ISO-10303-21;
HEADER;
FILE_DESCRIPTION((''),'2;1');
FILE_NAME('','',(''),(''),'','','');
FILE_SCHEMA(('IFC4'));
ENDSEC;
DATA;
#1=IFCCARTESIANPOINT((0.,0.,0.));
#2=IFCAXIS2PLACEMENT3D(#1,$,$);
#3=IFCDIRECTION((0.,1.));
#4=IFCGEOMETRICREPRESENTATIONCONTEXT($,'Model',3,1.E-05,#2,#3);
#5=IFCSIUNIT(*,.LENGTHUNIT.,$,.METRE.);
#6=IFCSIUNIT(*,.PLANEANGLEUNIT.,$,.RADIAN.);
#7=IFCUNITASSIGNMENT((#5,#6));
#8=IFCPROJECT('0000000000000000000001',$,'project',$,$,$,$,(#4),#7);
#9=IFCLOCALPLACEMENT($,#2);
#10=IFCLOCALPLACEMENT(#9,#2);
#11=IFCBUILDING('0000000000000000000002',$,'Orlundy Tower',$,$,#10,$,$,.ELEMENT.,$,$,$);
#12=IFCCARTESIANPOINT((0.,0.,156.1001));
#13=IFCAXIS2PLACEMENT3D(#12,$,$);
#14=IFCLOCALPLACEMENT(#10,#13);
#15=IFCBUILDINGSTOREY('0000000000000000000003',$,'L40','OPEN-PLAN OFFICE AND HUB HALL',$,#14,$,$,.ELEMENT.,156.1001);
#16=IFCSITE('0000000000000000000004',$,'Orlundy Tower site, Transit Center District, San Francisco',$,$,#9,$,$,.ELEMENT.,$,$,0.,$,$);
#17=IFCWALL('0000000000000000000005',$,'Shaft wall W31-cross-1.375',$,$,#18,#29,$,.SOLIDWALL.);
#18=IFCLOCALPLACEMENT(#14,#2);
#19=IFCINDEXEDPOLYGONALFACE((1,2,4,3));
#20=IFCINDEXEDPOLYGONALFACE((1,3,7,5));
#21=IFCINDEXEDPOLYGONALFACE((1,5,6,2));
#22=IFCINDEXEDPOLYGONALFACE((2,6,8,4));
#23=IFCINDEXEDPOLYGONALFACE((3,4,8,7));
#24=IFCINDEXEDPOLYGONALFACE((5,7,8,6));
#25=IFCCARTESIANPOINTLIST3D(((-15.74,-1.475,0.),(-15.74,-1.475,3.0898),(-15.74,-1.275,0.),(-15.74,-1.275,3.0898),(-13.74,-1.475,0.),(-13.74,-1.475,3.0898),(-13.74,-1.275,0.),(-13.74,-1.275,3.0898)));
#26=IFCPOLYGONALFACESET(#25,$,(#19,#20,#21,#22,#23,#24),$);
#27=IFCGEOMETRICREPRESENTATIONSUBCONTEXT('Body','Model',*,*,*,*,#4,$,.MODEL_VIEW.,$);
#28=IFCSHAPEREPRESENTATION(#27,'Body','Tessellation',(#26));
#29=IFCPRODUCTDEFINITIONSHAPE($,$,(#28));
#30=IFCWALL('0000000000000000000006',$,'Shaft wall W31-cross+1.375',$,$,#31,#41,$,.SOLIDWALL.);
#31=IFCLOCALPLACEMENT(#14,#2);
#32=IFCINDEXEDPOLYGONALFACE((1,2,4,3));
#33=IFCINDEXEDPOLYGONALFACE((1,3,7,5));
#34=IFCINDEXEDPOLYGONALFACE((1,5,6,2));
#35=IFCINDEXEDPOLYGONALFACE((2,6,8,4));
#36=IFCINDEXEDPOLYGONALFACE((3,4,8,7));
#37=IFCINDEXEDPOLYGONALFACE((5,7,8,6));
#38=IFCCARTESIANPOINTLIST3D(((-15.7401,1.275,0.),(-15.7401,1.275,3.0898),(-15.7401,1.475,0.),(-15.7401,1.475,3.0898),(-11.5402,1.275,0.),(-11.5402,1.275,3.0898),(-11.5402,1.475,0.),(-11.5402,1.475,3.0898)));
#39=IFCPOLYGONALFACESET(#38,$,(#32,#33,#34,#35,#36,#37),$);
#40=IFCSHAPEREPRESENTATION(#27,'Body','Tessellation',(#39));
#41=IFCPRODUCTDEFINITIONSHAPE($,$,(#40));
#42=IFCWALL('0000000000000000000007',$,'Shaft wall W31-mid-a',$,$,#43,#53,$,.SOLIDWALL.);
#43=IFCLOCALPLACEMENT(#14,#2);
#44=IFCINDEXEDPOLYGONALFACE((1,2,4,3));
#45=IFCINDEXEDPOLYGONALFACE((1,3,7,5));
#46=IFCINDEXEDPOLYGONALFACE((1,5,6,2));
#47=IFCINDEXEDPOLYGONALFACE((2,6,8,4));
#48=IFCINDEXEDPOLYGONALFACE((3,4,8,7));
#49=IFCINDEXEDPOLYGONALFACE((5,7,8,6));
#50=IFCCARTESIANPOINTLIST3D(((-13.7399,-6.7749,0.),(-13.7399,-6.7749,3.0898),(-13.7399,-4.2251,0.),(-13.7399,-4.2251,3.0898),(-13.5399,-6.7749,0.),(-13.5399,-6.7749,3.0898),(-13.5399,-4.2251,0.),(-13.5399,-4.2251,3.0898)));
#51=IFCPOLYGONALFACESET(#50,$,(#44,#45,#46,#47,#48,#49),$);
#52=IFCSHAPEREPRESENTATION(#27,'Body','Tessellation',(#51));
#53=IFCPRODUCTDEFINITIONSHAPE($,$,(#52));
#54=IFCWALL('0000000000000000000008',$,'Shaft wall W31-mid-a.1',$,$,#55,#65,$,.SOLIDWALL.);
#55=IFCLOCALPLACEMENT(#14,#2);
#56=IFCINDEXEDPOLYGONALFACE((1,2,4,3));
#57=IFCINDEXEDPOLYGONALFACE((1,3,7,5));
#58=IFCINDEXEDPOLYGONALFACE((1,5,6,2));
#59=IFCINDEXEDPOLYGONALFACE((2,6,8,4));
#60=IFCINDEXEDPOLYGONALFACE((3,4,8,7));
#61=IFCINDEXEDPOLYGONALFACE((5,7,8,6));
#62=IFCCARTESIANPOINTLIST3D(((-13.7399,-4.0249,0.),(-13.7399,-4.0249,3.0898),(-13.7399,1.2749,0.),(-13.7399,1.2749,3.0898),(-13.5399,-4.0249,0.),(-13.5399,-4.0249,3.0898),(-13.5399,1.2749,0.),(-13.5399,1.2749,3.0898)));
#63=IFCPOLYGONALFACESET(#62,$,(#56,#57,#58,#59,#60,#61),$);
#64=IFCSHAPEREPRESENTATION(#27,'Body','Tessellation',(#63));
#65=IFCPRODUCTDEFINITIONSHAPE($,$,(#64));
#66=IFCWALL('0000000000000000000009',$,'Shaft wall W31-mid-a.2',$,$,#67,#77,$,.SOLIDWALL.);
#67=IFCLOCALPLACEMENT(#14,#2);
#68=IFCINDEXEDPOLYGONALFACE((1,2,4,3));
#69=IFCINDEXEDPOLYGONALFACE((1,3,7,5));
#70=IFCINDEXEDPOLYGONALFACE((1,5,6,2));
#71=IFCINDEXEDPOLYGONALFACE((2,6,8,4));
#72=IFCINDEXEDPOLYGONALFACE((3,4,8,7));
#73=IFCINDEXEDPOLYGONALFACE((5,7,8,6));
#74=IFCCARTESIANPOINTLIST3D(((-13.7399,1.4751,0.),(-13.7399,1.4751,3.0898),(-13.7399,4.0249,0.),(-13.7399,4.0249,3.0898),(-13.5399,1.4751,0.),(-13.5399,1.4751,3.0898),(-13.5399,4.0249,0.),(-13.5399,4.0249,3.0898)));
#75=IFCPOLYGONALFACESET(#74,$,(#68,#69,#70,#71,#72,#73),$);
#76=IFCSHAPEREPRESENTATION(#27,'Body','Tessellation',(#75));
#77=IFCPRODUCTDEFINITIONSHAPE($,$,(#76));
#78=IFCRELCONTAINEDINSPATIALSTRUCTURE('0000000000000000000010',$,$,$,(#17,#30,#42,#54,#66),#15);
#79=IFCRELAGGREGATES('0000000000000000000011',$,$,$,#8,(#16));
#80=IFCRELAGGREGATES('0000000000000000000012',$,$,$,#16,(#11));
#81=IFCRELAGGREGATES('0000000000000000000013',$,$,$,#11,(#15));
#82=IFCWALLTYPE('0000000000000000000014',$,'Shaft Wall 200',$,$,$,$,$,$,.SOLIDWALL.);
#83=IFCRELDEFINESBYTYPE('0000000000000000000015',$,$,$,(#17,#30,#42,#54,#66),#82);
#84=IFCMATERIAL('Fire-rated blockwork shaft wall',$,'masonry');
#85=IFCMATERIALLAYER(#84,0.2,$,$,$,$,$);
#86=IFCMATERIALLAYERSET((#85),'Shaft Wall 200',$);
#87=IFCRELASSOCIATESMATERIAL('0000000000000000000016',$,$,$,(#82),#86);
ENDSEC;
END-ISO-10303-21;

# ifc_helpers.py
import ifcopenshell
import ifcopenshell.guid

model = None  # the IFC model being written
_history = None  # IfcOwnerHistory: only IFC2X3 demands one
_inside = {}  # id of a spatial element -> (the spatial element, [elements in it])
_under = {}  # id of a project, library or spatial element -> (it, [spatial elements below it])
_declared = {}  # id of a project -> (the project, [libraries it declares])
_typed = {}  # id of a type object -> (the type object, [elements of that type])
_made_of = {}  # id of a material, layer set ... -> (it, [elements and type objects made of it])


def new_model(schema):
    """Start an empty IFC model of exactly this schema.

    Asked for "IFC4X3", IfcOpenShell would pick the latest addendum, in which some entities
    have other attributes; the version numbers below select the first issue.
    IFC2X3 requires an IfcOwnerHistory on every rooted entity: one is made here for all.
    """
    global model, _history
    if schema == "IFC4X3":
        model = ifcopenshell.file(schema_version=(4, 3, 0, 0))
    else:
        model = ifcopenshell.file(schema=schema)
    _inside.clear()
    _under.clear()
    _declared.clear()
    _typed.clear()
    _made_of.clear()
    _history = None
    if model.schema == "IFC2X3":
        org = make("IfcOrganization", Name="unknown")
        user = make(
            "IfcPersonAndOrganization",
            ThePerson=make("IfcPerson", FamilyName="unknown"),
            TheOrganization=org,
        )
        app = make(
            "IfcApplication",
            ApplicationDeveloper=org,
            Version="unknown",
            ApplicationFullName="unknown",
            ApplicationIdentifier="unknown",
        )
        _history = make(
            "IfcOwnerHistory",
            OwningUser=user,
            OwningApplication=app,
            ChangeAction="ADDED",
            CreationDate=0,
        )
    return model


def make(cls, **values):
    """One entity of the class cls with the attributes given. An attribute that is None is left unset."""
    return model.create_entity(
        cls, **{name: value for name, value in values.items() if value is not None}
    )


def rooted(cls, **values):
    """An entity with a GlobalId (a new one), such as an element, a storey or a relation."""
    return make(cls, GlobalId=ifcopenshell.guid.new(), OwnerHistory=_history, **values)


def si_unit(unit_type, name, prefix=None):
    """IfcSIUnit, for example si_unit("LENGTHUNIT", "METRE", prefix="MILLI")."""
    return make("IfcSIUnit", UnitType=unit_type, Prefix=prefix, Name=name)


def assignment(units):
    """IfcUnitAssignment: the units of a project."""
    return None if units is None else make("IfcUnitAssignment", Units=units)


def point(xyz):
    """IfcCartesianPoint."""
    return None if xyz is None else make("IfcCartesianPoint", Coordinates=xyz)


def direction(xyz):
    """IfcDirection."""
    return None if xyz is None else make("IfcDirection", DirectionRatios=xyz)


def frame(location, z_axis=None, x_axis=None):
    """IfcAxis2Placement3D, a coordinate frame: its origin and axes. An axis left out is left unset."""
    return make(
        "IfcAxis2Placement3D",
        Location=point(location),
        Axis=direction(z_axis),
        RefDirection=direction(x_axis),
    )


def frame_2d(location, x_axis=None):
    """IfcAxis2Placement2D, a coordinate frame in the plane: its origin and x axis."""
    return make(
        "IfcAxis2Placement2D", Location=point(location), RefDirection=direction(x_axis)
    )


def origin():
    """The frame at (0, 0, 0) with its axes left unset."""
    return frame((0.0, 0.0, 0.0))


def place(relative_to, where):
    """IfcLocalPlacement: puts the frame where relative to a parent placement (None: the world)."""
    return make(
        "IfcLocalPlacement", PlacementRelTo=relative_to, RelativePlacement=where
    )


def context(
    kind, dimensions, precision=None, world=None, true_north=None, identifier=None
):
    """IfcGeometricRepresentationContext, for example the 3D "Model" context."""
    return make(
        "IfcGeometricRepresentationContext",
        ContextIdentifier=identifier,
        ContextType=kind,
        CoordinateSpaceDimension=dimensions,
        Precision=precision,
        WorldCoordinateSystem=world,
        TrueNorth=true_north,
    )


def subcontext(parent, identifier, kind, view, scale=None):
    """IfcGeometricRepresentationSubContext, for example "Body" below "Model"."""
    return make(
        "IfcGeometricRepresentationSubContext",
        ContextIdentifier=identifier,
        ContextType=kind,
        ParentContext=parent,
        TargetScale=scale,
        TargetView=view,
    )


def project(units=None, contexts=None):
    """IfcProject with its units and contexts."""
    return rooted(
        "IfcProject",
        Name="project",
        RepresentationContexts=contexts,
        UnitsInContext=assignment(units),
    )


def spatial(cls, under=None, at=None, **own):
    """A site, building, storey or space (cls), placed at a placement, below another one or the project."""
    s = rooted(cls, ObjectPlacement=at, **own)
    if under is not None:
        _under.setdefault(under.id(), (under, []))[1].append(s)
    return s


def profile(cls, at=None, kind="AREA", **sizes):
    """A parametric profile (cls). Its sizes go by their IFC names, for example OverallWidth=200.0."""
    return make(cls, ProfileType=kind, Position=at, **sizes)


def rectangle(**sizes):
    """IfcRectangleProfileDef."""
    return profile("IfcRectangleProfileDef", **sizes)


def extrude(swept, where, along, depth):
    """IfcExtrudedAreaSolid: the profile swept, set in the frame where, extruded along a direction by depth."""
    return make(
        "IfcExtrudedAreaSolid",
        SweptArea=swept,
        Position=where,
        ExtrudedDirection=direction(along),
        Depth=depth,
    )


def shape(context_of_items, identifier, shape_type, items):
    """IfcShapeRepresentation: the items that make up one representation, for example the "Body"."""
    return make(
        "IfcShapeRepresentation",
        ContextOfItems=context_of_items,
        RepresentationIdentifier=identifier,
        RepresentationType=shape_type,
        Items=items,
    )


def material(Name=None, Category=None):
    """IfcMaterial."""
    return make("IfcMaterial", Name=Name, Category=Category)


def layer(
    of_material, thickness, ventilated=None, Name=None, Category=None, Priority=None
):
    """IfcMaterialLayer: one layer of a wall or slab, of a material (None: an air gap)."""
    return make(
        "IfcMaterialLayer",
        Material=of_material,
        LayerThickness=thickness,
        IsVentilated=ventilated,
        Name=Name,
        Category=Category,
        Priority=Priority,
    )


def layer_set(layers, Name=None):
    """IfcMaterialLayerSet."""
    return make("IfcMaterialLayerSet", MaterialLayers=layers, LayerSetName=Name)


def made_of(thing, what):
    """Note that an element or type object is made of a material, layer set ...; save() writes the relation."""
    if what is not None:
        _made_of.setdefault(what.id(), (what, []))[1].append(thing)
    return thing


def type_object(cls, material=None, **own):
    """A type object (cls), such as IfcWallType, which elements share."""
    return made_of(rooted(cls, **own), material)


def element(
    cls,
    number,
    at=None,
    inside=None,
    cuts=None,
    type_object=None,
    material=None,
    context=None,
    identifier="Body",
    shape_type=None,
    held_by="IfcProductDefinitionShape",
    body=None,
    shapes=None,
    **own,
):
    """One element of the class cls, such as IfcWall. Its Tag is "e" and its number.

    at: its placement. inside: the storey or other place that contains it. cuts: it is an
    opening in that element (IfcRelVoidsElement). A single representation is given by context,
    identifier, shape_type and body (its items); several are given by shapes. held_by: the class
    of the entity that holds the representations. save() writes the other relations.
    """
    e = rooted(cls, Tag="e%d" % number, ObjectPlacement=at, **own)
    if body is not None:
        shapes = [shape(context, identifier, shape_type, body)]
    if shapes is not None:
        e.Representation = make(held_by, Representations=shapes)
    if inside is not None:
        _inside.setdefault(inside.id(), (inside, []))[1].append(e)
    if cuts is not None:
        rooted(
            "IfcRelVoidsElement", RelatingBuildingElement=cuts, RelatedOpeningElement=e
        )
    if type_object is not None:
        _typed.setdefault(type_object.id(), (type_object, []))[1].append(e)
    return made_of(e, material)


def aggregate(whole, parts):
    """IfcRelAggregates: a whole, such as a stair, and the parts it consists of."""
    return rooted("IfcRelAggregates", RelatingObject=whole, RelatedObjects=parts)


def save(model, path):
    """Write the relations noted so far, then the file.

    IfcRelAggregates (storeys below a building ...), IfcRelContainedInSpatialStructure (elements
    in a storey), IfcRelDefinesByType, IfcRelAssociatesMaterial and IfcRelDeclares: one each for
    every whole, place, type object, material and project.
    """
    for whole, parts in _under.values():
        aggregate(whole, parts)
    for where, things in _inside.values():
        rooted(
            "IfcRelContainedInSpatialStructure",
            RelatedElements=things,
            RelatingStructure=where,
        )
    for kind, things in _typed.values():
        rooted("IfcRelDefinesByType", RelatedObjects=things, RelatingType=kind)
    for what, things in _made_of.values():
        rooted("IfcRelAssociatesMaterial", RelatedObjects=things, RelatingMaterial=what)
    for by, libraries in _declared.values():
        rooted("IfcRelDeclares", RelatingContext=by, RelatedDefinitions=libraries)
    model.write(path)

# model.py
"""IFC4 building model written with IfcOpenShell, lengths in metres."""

from ifc_helpers import new_model, si_unit, direction, frame, frame_2d, origin, place, context, subcontext, project, spatial, rectangle, extrude, material, layer, layer_set, type_object, element, save


model = new_model("IFC4")

# Units and contexts
model_context = context("Model", 3, precision=1e-05, world=origin(), true_north=direction((0.0, 1.0)))
body_context = subcontext(model_context, "Body", "Model", "MODEL_VIEW")
ifc_project = project(units=[si_unit("LENGTHUNIT", "METRE"), si_unit("PLANEANGLEUNIT", "RADIAN")], contexts=[model_context])

# Site, building, storey
site_placement = place(None, origin())
site = spatial("IfcSite", under=ifc_project, at=site_placement, Name="Orlundy Tower site, Transit Center District, San Francisco", CompositionType="ELEMENT", RefElevation=0.0)
building_placement = place(site_placement, origin())
building = spatial("IfcBuilding", under=site, at=building_placement, Name="Orlundy Tower", CompositionType="ELEMENT")
storey_placement = place(building_placement, frame((0.0, 0.0, 156.1001)))
storey = spatial("IfcBuildingStorey", under=building, at=storey_placement, Name="L40", Description="OPEN-PLAN OFFICE AND HUB HALL", CompositionType="ELEMENT", Elevation=156.1001)

# Walls
ifc_material_1 = material(Name="Fire-rated blockwork shaft wall", Category="masonry")
ifc_layer_1 = layer(ifc_material_1, 0.2)
ifc_layer_set_1 = layer_set([ifc_layer_1], Name="Shaft Wall 200")
wall_type_1 = type_object("IfcWallType", Name="Shaft Wall 200", PredefinedType="SOLIDWALL", material=ifc_layer_set_1)
wall_1_placement = place(storey_placement, frame((-13.74, -1.375, 0.0), z_axis=(0.0, 0.0, 1.0), x_axis=(-1.0, 0.0, 0.0)))
element("IfcWall", 1, at=wall_1_placement, inside=storey, type_object=wall_type_1, Name="Shaft wall W31-cross-1.375", PredefinedType="SOLIDWALL", context=body_context, shape_type="SweptSolid", body=[
    extrude(rectangle(XDim=2.0, YDim=0.2, at=frame_2d((1.0, 0.0))), origin(), (0.0, 0.0, 1.0), 3.0898),
])
wall_2_placement = place(storey_placement, frame((-11.54, 1.375, 0.0), z_axis=(0.0, 0.0, 1.0), x_axis=(-1.0, 0.0, 0.0)))
element("IfcWall", 2, at=wall_2_placement, inside=storey, type_object=wall_type_1, Name="Shaft wall W31-cross+1.375", PredefinedType="SOLIDWALL", context=body_context, shape_type="SweptSolid", body=[
    extrude(rectangle(XDim=4.2, YDim=0.2, at=frame_2d((2.1001, 0.0))), origin(), (0.0, 0.0, 1.0), 3.0898),
])
wall_3_placement = place(storey_placement, frame((-13.6399, -6.7749, 0.0), z_axis=(0.0, 0.0, 1.0), x_axis=(0.0, 1.0, 0.0)))
element("IfcWall", 3, at=wall_3_placement, inside=storey, type_object=wall_type_1, Name="Shaft wall W31-mid-a", PredefinedType="SOLIDWALL", context=body_context, shape_type="SweptSolid", body=[
    extrude(rectangle(XDim=2.5498, YDim=0.2, at=frame_2d((1.2749, 0.0))), origin(), (0.0, 0.0, 1.0), 3.0898),
])
wall_4_placement = place(storey_placement, frame((-13.6399, -4.0249, 0.0), z_axis=(0.0, 0.0, 1.0), x_axis=(0.0, 1.0, 0.0)))
element("IfcWall", 4, at=wall_4_placement, inside=storey, type_object=wall_type_1, Name="Shaft wall W31-mid-a.1", PredefinedType="SOLIDWALL", context=body_context, shape_type="SweptSolid", body=[
    extrude(rectangle(XDim=5.2998, YDim=0.2, at=frame_2d((2.6499, 0.0))), origin(), (0.0, 0.0, 1.0), 3.0898),
])
wall_5_placement = place(storey_placement, frame((-13.6399, 1.4751, 0.0), z_axis=(0.0, 0.0, 1.0), x_axis=(0.0, 1.0, 0.0)))
element("IfcWall", 5, at=wall_5_placement, inside=storey, type_object=wall_type_1, Name="Shaft wall W31-mid-a.2", PredefinedType="SOLIDWALL", context=body_context, shape_type="SweptSolid", body=[
    extrude(rectangle(XDim=2.5498, YDim=0.2, at=frame_2d((1.2749, 0.0))), origin(), (0.0, 0.0, 1.0), 3.0898),
])

save(model, "model.ifc")
